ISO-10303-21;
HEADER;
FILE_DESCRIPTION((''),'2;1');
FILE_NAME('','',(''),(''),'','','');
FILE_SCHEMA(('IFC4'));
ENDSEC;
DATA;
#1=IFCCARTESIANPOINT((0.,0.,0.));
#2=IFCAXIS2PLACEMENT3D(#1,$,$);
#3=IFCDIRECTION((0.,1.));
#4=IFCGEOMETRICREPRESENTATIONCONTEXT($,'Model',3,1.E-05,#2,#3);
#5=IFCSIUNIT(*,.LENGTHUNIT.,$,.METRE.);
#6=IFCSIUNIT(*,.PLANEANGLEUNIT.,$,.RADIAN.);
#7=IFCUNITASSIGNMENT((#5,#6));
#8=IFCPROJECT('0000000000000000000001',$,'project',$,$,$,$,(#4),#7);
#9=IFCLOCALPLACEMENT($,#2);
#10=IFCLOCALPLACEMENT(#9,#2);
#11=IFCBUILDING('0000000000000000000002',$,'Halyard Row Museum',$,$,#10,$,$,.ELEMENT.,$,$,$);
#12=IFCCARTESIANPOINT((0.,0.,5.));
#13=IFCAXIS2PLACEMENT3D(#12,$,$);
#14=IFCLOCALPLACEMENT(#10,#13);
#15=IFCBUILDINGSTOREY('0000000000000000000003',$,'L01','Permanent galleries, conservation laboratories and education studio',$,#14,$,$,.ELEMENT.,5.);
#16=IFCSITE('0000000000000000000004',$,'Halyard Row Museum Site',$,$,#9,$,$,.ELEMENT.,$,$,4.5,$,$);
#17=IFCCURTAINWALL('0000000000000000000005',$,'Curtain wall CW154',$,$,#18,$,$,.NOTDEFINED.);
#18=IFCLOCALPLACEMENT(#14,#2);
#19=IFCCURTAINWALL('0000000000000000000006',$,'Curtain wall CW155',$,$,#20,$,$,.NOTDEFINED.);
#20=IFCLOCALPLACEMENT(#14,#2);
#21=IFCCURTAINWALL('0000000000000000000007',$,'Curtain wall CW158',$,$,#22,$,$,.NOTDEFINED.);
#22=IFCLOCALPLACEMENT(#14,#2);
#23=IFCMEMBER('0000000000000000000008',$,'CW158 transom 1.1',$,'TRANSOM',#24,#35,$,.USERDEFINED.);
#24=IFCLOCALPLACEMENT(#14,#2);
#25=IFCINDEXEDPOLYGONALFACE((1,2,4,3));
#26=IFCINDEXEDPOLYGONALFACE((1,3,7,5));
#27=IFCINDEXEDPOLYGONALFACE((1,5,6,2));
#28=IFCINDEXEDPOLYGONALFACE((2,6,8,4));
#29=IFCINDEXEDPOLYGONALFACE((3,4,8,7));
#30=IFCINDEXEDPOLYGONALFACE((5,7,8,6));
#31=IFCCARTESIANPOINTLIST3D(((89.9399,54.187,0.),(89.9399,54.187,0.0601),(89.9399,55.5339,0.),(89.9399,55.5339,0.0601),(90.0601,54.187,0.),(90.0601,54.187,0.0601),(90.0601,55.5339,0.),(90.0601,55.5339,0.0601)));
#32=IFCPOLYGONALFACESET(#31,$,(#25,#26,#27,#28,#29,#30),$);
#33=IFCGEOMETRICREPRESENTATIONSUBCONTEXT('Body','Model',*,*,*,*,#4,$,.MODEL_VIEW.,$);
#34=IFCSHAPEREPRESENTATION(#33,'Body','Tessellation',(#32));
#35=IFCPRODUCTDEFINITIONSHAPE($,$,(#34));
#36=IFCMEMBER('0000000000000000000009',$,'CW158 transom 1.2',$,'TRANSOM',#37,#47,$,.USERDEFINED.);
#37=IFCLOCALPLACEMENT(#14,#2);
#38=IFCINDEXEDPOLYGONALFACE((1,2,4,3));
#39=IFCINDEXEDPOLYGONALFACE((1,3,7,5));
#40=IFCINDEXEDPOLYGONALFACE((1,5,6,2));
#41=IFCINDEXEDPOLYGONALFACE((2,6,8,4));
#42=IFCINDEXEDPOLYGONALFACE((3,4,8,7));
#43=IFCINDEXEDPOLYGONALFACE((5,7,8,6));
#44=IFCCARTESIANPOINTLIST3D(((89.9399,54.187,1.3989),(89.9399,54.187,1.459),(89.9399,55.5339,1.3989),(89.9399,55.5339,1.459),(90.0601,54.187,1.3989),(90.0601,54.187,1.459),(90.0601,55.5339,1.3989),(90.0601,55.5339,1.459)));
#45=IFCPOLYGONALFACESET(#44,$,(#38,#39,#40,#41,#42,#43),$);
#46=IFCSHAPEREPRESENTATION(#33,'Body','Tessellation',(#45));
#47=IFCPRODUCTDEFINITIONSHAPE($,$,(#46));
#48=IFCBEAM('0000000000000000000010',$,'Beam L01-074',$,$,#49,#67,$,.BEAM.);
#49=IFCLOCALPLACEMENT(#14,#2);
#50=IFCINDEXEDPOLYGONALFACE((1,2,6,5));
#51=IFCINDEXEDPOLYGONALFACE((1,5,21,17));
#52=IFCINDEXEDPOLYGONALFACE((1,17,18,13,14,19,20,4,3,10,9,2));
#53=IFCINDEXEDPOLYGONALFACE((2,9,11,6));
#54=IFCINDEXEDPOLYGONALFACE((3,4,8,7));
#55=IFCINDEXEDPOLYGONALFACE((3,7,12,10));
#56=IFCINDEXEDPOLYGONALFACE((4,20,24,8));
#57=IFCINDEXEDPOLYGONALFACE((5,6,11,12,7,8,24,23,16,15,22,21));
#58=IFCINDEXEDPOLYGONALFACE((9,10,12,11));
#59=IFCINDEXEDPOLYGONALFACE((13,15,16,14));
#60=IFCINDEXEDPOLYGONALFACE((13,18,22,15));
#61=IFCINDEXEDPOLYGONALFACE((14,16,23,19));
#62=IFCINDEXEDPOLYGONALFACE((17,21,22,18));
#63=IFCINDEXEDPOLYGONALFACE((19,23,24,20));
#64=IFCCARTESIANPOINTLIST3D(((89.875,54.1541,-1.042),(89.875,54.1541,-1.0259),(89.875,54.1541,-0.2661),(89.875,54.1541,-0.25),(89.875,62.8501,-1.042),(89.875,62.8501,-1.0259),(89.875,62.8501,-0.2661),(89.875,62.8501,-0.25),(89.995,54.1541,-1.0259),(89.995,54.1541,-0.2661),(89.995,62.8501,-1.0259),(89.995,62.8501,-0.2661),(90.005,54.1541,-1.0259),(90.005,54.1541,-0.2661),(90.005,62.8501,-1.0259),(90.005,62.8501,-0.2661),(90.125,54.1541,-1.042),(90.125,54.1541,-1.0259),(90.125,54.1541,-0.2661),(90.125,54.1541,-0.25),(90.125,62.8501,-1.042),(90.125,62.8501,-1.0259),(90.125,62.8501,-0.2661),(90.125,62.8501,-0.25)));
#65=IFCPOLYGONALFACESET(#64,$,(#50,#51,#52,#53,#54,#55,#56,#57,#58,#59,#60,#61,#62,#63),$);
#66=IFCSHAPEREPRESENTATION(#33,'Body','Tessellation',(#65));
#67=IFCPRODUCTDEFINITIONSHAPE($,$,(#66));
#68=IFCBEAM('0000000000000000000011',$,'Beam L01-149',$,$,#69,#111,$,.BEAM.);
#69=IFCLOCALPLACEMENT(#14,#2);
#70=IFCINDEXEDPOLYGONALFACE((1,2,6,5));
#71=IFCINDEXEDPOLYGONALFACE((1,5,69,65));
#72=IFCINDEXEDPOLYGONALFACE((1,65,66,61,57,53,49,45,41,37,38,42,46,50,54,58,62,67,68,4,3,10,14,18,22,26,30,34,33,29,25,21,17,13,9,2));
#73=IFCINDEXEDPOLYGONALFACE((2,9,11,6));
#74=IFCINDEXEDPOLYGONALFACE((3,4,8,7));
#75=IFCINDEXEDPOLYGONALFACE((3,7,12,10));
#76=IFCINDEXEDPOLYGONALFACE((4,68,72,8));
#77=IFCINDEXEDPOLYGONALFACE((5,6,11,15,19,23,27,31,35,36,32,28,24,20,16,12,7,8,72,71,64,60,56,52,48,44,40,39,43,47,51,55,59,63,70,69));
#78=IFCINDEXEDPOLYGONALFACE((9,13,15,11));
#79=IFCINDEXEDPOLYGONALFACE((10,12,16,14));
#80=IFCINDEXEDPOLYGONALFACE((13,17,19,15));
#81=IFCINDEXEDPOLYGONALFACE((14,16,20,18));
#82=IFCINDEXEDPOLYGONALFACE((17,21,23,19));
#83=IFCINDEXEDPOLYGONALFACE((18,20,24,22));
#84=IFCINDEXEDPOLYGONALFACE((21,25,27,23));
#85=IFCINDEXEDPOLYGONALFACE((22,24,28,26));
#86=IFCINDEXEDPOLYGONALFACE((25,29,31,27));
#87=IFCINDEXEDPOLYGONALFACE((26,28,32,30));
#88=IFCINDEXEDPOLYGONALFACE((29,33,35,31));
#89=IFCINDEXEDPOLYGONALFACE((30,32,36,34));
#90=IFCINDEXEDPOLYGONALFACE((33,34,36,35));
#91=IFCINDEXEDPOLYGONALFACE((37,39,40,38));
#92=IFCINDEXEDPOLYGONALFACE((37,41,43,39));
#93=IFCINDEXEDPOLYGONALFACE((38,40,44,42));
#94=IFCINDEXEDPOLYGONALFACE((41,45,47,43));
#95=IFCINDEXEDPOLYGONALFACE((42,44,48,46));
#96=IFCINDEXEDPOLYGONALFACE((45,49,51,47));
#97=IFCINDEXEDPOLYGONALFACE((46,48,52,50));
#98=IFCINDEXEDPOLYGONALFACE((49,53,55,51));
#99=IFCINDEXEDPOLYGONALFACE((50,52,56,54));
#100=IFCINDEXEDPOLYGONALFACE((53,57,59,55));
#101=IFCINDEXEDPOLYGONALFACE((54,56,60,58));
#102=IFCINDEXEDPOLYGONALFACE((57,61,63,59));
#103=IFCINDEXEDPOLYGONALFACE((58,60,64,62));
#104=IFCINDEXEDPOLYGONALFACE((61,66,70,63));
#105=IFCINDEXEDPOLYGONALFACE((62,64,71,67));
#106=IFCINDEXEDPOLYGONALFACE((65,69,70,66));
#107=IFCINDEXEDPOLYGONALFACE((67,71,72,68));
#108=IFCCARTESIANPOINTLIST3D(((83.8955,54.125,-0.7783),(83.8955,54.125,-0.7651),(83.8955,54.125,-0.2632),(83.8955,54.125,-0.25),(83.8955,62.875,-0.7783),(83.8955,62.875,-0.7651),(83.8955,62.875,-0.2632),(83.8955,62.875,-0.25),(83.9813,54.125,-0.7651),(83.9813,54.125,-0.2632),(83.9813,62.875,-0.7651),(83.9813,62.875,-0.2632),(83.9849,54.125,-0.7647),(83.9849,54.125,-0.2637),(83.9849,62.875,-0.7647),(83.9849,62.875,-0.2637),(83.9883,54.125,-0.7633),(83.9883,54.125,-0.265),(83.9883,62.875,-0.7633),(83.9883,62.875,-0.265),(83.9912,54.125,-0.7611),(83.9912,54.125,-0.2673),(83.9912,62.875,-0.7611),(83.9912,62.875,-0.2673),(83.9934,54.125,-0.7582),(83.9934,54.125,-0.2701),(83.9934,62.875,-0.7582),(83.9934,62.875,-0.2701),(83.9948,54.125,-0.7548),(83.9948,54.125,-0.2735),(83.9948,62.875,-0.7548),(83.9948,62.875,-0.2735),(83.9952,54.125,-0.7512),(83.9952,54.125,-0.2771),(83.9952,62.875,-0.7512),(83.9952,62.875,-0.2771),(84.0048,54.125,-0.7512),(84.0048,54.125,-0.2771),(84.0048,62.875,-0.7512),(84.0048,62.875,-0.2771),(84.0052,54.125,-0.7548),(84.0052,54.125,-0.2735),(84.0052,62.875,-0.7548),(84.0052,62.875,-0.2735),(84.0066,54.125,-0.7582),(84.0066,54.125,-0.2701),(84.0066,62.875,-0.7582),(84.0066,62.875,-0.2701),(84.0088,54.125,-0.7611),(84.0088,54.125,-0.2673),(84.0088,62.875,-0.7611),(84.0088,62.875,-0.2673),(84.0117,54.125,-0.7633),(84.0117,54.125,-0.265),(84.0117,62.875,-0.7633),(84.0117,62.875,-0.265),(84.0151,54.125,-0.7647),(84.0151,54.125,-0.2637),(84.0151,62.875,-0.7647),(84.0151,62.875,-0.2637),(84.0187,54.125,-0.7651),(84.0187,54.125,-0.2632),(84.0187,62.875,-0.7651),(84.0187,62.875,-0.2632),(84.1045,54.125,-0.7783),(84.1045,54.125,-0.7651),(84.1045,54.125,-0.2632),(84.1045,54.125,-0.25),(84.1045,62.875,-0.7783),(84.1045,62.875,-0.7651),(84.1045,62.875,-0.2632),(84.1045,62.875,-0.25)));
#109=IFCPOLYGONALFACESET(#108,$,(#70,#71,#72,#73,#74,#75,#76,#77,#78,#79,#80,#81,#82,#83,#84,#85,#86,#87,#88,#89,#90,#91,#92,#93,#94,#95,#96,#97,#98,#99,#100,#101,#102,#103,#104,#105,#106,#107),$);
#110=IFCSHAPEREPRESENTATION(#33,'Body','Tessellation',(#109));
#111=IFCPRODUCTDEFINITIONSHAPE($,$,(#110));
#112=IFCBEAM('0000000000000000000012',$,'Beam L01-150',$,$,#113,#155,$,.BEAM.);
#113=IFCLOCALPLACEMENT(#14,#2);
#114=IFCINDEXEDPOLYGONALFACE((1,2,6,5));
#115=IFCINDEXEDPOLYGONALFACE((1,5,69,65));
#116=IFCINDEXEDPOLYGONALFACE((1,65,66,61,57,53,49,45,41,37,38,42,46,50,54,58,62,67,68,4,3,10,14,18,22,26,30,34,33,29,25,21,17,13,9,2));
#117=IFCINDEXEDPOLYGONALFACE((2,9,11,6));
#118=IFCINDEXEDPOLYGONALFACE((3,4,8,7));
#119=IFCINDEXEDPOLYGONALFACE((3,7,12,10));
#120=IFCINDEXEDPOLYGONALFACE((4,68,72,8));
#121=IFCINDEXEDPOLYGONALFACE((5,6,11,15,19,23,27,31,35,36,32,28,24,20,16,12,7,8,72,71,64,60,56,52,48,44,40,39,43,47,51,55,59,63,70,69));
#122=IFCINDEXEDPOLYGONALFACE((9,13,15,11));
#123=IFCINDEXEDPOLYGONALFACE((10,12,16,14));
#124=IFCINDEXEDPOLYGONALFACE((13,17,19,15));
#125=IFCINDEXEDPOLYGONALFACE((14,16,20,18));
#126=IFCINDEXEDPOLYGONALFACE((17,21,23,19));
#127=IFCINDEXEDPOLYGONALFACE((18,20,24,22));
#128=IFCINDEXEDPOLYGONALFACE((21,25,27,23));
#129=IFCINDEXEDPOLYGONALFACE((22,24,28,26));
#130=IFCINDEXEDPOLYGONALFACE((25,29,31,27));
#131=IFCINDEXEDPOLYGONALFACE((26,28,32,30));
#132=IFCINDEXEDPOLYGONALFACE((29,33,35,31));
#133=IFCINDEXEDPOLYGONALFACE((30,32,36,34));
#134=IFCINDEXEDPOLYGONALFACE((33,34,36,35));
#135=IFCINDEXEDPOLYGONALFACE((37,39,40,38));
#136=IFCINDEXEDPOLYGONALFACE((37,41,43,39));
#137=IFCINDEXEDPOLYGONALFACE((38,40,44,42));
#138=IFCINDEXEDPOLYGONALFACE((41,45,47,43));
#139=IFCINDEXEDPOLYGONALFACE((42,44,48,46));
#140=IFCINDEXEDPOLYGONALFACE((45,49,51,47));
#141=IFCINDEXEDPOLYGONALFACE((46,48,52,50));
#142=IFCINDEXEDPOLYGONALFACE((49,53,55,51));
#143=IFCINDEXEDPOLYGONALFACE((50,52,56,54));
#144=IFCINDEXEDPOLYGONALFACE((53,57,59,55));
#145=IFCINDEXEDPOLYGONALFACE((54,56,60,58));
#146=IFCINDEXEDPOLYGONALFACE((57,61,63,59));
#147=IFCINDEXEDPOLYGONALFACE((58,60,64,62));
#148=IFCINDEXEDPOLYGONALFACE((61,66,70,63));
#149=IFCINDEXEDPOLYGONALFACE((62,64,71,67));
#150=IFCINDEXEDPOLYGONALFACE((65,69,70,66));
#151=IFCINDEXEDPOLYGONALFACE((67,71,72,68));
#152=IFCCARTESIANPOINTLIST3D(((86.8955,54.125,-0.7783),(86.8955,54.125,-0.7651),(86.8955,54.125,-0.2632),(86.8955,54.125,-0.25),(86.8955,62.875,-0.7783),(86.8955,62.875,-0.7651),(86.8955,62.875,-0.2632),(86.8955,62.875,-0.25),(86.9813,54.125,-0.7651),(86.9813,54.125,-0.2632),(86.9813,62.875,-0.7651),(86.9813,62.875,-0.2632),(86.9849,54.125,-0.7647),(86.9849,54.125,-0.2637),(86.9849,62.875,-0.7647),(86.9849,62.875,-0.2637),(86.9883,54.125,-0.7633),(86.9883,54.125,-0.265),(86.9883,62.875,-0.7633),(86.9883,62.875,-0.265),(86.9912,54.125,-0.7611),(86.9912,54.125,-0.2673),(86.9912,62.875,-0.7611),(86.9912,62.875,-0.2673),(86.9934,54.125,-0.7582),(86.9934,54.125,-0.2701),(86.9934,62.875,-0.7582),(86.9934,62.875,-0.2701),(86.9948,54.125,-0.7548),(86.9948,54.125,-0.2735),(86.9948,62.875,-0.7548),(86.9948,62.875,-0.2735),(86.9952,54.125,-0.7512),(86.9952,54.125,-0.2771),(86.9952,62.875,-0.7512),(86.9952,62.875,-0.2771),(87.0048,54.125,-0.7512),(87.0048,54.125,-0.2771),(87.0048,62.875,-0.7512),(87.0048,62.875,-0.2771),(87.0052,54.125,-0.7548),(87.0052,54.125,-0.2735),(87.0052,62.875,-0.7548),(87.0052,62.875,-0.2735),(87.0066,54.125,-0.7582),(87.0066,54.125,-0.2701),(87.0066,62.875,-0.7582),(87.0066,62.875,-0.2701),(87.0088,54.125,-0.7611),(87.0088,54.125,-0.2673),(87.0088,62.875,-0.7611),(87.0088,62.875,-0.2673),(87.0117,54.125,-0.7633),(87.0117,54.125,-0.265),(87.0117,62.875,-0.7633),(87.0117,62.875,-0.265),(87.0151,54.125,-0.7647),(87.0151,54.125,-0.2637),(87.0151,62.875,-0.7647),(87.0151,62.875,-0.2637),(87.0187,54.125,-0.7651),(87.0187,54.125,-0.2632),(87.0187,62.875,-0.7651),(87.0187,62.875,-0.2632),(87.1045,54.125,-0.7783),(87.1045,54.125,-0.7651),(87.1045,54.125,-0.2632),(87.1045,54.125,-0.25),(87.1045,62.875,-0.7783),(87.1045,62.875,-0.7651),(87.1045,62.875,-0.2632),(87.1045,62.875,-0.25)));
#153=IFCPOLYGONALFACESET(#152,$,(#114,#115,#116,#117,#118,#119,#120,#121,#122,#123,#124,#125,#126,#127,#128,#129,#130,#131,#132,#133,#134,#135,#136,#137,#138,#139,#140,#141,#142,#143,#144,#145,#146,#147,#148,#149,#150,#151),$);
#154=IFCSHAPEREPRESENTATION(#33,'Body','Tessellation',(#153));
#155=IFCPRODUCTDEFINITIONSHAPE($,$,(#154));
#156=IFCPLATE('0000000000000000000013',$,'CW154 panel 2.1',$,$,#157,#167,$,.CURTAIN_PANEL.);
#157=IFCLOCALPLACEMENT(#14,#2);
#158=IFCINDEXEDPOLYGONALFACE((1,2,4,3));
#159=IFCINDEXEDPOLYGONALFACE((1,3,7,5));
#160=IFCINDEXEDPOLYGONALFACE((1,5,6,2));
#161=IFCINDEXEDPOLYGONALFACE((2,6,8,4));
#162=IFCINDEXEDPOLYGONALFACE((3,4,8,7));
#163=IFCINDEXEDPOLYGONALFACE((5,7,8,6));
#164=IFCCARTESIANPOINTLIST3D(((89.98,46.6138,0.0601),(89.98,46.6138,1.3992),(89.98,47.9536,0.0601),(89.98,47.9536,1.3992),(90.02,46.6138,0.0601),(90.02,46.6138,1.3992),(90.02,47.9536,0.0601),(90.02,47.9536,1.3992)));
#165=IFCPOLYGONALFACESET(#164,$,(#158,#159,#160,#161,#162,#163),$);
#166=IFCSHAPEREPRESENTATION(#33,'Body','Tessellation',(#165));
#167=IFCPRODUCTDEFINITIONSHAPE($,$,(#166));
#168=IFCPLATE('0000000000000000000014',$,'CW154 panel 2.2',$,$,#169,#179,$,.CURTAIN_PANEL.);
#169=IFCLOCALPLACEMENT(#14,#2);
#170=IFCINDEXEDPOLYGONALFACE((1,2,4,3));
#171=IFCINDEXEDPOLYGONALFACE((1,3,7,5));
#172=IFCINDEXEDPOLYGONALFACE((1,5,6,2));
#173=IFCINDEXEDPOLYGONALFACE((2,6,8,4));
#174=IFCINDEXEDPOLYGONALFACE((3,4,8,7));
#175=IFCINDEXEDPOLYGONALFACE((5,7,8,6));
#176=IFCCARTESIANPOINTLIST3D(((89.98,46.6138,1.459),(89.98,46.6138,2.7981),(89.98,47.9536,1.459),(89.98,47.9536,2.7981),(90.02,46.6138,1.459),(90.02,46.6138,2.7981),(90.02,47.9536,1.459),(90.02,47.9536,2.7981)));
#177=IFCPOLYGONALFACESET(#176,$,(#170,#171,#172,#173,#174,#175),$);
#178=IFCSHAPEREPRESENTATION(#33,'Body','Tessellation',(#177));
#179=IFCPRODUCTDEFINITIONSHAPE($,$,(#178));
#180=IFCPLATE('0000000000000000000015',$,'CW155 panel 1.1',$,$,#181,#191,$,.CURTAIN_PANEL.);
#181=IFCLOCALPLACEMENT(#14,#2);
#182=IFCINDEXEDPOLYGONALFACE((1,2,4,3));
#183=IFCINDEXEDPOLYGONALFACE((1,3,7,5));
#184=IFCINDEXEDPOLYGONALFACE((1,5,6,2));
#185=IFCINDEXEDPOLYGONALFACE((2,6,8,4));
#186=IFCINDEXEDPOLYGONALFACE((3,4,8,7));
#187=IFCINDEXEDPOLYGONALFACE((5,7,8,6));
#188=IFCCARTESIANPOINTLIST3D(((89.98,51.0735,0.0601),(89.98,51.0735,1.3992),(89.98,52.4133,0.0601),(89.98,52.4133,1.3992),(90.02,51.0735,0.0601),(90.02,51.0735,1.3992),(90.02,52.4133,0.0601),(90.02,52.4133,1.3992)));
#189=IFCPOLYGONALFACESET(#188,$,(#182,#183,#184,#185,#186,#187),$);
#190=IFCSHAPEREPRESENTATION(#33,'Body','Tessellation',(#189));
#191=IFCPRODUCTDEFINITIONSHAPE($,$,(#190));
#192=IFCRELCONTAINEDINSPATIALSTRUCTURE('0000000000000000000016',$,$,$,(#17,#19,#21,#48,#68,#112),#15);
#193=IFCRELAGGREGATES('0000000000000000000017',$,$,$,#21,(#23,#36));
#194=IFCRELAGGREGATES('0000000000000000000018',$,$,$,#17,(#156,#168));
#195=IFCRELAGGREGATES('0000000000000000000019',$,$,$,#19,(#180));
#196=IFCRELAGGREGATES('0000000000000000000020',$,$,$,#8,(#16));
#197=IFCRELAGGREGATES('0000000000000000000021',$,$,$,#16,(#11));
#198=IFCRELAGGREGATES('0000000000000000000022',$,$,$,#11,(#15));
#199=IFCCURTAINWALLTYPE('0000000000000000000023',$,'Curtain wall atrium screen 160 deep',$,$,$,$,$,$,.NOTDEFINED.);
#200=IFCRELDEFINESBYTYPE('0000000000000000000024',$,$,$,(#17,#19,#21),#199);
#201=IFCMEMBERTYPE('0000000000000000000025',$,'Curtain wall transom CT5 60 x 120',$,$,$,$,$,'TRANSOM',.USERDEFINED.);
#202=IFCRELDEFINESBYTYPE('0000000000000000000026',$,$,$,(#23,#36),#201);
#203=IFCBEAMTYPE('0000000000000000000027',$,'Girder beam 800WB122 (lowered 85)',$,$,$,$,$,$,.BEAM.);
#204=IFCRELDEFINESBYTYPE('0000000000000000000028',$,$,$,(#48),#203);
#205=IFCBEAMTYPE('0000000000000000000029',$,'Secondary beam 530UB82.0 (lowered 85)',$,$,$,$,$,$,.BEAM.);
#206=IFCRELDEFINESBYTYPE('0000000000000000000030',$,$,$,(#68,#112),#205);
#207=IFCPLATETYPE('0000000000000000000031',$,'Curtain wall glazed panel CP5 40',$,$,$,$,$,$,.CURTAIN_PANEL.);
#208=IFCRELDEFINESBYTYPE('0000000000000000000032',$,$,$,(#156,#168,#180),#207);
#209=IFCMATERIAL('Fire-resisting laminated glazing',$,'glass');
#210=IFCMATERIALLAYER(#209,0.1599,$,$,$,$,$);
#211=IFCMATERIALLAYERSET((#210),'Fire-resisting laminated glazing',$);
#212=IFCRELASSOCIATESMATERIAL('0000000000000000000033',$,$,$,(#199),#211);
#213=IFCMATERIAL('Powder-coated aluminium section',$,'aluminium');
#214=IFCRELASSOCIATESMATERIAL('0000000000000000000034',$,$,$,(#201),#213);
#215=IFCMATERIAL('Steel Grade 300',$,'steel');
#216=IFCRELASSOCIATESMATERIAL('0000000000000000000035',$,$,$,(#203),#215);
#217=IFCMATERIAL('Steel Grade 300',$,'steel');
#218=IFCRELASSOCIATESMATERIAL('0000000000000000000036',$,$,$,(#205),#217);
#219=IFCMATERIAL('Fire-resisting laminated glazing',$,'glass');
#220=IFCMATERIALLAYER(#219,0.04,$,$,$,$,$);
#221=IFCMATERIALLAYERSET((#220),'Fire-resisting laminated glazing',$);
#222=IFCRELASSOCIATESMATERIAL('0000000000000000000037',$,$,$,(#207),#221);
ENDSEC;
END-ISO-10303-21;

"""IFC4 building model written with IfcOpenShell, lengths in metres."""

from ifc_helpers import new_model, si_unit, direction, frame, origin, origin_2d, place, context, subcontext, project, spatial, rectangle, i_section, extrude, material, layer, layer_set, material_profile, profile_set, type_object, element, aggregate, save


model = new_model("IFC4")

# Units and contexts
model_context = context("Model", 3, precision=1e-05, world=origin(), true_north=direction((0.0, 1.0)))
body_context = subcontext(model_context, "Body", "Model", "MODEL_VIEW")
ifc_project = project(units=[si_unit("LENGTHUNIT", "METRE"), si_unit("PLANEANGLEUNIT", "RADIAN")], contexts=[model_context])

# Site, building, storey
site_placement = place(None, origin())
site = spatial("IfcSite", under=ifc_project, at=site_placement, Name="Halyard Row Museum Site", CompositionType="ELEMENT", RefElevation=4.5)
building_placement = place(site_placement, origin())
building = spatial("IfcBuilding", under=site, at=building_placement, Name="Halyard Row Museum", CompositionType="ELEMENT")
storey_placement = place(building_placement, frame((0.0, 0.0, 5.0)))
storey = spatial("IfcBuildingStorey", under=building, at=storey_placement, Name="L01", Description="Permanent galleries, conservation laboratories and education studio", CompositionType="ELEMENT", Elevation=5.0)

# Curtain wall
ifc_material_1 = material(Name="Fire-resisting laminated glazing", Category="glass")
ifc_layer_1 = layer(ifc_material_1, 0.1599)
ifc_layer_set_1 = layer_set([ifc_layer_1], Name="Fire-resisting laminated glazing")
curtain_wall_type = type_object("IfcCurtainWallType", Name="Curtain wall atrium screen 160 deep", PredefinedType="NOTDEFINED", material=ifc_layer_set_1)
curtain_wall_1_placement = place(storey_placement, origin())
curtain_wall_1 = element("IfcCurtainWall", 1, at=curtain_wall_1_placement, inside=storey, type_object=curtain_wall_type, Name="Curtain wall CW154", PredefinedType="NOTDEFINED")

# Curtain wall
curtain_wall_2_placement = place(storey_placement, origin())
curtain_wall_2 = element("IfcCurtainWall", 2, at=curtain_wall_2_placement, inside=storey, type_object=curtain_wall_type, Name="Curtain wall CW155", PredefinedType="NOTDEFINED")

# Curtain wall
curtain_wall_3_placement = place(storey_placement, origin())
curtain_wall_3 = element("IfcCurtainWall", 3, at=curtain_wall_3_placement, inside=storey, type_object=curtain_wall_type, Name="Curtain wall CW158", PredefinedType="NOTDEFINED")

# Members
ifc_material_2 = material(Name="Powder-coated aluminium section", Category="aluminium")
ifc_material_profile_1 = material_profile(ifc_material_2, rectangle(XDim=0.1201, YDim=0.0601, at=origin_2d()), Name="120x60 transom")
ifc_profile_set_1 = profile_set([ifc_material_profile_1], Name="Powder-coated aluminium section")
member_type_1 = type_object("IfcMemberType", Name="Curtain wall transom CT5 60 x 120", ElementType="TRANSOM", PredefinedType="USERDEFINED", material=ifc_profile_set_1)
member_1_placement = place(storey_placement, frame((90.0, 54.187, 0.03), z_axis=(0.0, 1.0, 0.0), x_axis=(-1.0, 0.0, 0.0)))
member_1 = element("IfcMember", 4, at=member_1_placement, type_object=member_type_1, Name="CW158 transom 1.1", ObjectType="TRANSOM", PredefinedType="USERDEFINED", context=body_context, shape_type="SweptSolid", body=[
    extrude(rectangle(XDim=0.1201, YDim=0.0601, at=origin_2d()), origin(), (0.0, 0.0, 1.0), 1.3469),
])
member_2_placement = place(storey_placement, frame((90.0, 54.187, 1.429), z_axis=(0.0, 1.0, 0.0), x_axis=(-1.0, 0.0, 0.0)))
member_2 = element("IfcMember", 5, at=member_2_placement, type_object=member_type_1, Name="CW158 transom 1.2", ObjectType="TRANSOM", PredefinedType="USERDEFINED", context=body_context, shape_type="SweptSolid", body=[
    extrude(rectangle(XDim=0.1201, YDim=0.0601, at=origin_2d()), origin(), (0.0, 0.0, 1.0), 1.3469),
])
aggregate(curtain_wall_3, [member_1, member_2])

# Beams
ifc_material_3 = material(Name="Steel Grade 300", Category="steel")
ifc_material_profile_2 = material_profile(ifc_material_3, i_section(OverallWidth=0.25, OverallDepth=0.792, WebThickness=0.01, FlangeThickness=0.0161, at=origin_2d()), Name="800WB122")
ifc_profile_set_2 = profile_set([ifc_material_profile_2], Name="Steel Grade 300")
beam_type_1 = type_object("IfcBeamType", Name="Girder beam 800WB122 (lowered 85)", PredefinedType="BEAM", material=ifc_profile_set_2)
beam_placement = place(storey_placement, frame((90.0, 54.1541, -0.646), z_axis=(0.0, 1.0, 0.0), x_axis=(-1.0, 0.0, 0.0)))
element("IfcBeam", 6, at=beam_placement, inside=storey, type_object=beam_type_1, Name="Beam L01-074", PredefinedType="BEAM", context=body_context, shape_type="SweptSolid", body=[
    extrude(i_section(OverallWidth=0.25, OverallDepth=0.792, WebThickness=0.01, FlangeThickness=0.0161, at=origin_2d()), origin(), (0.0, 0.0, 1.0), 8.696),
])
ifc_material_4 = material(Name="Steel Grade 300", Category="steel")
ifc_material_profile_3 = material_profile(ifc_material_4, i_section(OverallWidth=0.209, OverallDepth=0.5283, WebThickness=0.0095, FlangeThickness=0.0132, FilletRadius=0.0139, at=origin_2d()), Name="530UB82.0")
ifc_profile_set_3 = profile_set([ifc_material_profile_3], Name="Steel Grade 300")
beam_type_2 = type_object("IfcBeamType", Name="Secondary beam 530UB82.0 (lowered 85)", PredefinedType="BEAM", material=ifc_profile_set_3)
for number, where, z_axis, x_axis, name in (
    (7, (84.0, 54.125, -0.5142), (0.0, 1.0, 0.0), (-1.0, 0.0, 0.0), "Beam L01-149"),
    (8, (87.0, 54.125, -0.5142), (0.0, 1.0, 0.0), (-1.0, 0.0, 0.0), "Beam L01-150"),
):
    element("IfcBeam", number, at=place(storey_placement, frame(where, z_axis=z_axis, x_axis=x_axis)), inside=storey, type_object=beam_type_2, Name=name, PredefinedType="BEAM", context=body_context, shape_type="SweptSolid", body=[
        extrude(i_section(OverallWidth=0.209, OverallDepth=0.5283, WebThickness=0.0095, FlangeThickness=0.0132, FilletRadius=0.0139, at=origin_2d()), origin(), (0.0, 0.0, 1.0), 8.75),
    ])

# Plates
ifc_material_5 = material(Name="Fire-resisting laminated glazing", Category="glass")
ifc_layer_2 = layer(ifc_material_5, 0.04)
ifc_layer_set_2 = layer_set([ifc_layer_2], Name="Fire-resisting laminated glazing")
plate_type = type_object("IfcPlateType", Name="Curtain wall glazed panel CP5 40", PredefinedType="CURTAIN_PANEL", material=ifc_layer_set_2)
plate_1_placement = place(storey_placement, frame((90.0, 47.2837, 0.0601), z_axis=(0.0, 0.0, 1.0), x_axis=(0.0, 1.0, 0.0)))
plate_1 = element("IfcPlate", 9, at=plate_1_placement, type_object=plate_type, Name="CW154 panel 2.1", PredefinedType="CURTAIN_PANEL", context=body_context, shape_type="SweptSolid", body=[
    extrude(rectangle(XDim=1.3398, YDim=0.04, at=origin_2d()), origin(), (0.0, 0.0, 1.0), 1.3391),
])
plate_2_placement = place(storey_placement, frame((90.0, 47.2837, 1.459), z_axis=(0.0, 0.0, 1.0), x_axis=(0.0, 1.0, 0.0)))
plate_2 = element("IfcPlate", 10, at=plate_2_placement, type_object=plate_type, Name="CW154 panel 2.2", PredefinedType="CURTAIN_PANEL", context=body_context, shape_type="SweptSolid", body=[
    extrude(rectangle(XDim=1.3398, YDim=0.04, at=origin_2d()), origin(), (0.0, 0.0, 1.0), 1.3391),
])
aggregate(curtain_wall_1, [plate_1, plate_2])
plate_3_placement = place(storey_placement, frame((90.0, 51.7434, 0.0601), z_axis=(0.0, 0.0, 1.0), x_axis=(0.0, 1.0, 0.0)))
plate_3 = element("IfcPlate", 11, at=plate_3_placement, type_object=plate_type, Name="CW155 panel 1.1", PredefinedType="CURTAIN_PANEL", context=body_context, shape_type="SweptSolid", body=[
    extrude(rectangle(XDim=1.3398, YDim=0.04, at=origin_2d()), origin(), (0.0, 0.0, 1.0), 1.3391),
])
aggregate(curtain_wall_2, [plate_3])

save(model, "model.ifc")
